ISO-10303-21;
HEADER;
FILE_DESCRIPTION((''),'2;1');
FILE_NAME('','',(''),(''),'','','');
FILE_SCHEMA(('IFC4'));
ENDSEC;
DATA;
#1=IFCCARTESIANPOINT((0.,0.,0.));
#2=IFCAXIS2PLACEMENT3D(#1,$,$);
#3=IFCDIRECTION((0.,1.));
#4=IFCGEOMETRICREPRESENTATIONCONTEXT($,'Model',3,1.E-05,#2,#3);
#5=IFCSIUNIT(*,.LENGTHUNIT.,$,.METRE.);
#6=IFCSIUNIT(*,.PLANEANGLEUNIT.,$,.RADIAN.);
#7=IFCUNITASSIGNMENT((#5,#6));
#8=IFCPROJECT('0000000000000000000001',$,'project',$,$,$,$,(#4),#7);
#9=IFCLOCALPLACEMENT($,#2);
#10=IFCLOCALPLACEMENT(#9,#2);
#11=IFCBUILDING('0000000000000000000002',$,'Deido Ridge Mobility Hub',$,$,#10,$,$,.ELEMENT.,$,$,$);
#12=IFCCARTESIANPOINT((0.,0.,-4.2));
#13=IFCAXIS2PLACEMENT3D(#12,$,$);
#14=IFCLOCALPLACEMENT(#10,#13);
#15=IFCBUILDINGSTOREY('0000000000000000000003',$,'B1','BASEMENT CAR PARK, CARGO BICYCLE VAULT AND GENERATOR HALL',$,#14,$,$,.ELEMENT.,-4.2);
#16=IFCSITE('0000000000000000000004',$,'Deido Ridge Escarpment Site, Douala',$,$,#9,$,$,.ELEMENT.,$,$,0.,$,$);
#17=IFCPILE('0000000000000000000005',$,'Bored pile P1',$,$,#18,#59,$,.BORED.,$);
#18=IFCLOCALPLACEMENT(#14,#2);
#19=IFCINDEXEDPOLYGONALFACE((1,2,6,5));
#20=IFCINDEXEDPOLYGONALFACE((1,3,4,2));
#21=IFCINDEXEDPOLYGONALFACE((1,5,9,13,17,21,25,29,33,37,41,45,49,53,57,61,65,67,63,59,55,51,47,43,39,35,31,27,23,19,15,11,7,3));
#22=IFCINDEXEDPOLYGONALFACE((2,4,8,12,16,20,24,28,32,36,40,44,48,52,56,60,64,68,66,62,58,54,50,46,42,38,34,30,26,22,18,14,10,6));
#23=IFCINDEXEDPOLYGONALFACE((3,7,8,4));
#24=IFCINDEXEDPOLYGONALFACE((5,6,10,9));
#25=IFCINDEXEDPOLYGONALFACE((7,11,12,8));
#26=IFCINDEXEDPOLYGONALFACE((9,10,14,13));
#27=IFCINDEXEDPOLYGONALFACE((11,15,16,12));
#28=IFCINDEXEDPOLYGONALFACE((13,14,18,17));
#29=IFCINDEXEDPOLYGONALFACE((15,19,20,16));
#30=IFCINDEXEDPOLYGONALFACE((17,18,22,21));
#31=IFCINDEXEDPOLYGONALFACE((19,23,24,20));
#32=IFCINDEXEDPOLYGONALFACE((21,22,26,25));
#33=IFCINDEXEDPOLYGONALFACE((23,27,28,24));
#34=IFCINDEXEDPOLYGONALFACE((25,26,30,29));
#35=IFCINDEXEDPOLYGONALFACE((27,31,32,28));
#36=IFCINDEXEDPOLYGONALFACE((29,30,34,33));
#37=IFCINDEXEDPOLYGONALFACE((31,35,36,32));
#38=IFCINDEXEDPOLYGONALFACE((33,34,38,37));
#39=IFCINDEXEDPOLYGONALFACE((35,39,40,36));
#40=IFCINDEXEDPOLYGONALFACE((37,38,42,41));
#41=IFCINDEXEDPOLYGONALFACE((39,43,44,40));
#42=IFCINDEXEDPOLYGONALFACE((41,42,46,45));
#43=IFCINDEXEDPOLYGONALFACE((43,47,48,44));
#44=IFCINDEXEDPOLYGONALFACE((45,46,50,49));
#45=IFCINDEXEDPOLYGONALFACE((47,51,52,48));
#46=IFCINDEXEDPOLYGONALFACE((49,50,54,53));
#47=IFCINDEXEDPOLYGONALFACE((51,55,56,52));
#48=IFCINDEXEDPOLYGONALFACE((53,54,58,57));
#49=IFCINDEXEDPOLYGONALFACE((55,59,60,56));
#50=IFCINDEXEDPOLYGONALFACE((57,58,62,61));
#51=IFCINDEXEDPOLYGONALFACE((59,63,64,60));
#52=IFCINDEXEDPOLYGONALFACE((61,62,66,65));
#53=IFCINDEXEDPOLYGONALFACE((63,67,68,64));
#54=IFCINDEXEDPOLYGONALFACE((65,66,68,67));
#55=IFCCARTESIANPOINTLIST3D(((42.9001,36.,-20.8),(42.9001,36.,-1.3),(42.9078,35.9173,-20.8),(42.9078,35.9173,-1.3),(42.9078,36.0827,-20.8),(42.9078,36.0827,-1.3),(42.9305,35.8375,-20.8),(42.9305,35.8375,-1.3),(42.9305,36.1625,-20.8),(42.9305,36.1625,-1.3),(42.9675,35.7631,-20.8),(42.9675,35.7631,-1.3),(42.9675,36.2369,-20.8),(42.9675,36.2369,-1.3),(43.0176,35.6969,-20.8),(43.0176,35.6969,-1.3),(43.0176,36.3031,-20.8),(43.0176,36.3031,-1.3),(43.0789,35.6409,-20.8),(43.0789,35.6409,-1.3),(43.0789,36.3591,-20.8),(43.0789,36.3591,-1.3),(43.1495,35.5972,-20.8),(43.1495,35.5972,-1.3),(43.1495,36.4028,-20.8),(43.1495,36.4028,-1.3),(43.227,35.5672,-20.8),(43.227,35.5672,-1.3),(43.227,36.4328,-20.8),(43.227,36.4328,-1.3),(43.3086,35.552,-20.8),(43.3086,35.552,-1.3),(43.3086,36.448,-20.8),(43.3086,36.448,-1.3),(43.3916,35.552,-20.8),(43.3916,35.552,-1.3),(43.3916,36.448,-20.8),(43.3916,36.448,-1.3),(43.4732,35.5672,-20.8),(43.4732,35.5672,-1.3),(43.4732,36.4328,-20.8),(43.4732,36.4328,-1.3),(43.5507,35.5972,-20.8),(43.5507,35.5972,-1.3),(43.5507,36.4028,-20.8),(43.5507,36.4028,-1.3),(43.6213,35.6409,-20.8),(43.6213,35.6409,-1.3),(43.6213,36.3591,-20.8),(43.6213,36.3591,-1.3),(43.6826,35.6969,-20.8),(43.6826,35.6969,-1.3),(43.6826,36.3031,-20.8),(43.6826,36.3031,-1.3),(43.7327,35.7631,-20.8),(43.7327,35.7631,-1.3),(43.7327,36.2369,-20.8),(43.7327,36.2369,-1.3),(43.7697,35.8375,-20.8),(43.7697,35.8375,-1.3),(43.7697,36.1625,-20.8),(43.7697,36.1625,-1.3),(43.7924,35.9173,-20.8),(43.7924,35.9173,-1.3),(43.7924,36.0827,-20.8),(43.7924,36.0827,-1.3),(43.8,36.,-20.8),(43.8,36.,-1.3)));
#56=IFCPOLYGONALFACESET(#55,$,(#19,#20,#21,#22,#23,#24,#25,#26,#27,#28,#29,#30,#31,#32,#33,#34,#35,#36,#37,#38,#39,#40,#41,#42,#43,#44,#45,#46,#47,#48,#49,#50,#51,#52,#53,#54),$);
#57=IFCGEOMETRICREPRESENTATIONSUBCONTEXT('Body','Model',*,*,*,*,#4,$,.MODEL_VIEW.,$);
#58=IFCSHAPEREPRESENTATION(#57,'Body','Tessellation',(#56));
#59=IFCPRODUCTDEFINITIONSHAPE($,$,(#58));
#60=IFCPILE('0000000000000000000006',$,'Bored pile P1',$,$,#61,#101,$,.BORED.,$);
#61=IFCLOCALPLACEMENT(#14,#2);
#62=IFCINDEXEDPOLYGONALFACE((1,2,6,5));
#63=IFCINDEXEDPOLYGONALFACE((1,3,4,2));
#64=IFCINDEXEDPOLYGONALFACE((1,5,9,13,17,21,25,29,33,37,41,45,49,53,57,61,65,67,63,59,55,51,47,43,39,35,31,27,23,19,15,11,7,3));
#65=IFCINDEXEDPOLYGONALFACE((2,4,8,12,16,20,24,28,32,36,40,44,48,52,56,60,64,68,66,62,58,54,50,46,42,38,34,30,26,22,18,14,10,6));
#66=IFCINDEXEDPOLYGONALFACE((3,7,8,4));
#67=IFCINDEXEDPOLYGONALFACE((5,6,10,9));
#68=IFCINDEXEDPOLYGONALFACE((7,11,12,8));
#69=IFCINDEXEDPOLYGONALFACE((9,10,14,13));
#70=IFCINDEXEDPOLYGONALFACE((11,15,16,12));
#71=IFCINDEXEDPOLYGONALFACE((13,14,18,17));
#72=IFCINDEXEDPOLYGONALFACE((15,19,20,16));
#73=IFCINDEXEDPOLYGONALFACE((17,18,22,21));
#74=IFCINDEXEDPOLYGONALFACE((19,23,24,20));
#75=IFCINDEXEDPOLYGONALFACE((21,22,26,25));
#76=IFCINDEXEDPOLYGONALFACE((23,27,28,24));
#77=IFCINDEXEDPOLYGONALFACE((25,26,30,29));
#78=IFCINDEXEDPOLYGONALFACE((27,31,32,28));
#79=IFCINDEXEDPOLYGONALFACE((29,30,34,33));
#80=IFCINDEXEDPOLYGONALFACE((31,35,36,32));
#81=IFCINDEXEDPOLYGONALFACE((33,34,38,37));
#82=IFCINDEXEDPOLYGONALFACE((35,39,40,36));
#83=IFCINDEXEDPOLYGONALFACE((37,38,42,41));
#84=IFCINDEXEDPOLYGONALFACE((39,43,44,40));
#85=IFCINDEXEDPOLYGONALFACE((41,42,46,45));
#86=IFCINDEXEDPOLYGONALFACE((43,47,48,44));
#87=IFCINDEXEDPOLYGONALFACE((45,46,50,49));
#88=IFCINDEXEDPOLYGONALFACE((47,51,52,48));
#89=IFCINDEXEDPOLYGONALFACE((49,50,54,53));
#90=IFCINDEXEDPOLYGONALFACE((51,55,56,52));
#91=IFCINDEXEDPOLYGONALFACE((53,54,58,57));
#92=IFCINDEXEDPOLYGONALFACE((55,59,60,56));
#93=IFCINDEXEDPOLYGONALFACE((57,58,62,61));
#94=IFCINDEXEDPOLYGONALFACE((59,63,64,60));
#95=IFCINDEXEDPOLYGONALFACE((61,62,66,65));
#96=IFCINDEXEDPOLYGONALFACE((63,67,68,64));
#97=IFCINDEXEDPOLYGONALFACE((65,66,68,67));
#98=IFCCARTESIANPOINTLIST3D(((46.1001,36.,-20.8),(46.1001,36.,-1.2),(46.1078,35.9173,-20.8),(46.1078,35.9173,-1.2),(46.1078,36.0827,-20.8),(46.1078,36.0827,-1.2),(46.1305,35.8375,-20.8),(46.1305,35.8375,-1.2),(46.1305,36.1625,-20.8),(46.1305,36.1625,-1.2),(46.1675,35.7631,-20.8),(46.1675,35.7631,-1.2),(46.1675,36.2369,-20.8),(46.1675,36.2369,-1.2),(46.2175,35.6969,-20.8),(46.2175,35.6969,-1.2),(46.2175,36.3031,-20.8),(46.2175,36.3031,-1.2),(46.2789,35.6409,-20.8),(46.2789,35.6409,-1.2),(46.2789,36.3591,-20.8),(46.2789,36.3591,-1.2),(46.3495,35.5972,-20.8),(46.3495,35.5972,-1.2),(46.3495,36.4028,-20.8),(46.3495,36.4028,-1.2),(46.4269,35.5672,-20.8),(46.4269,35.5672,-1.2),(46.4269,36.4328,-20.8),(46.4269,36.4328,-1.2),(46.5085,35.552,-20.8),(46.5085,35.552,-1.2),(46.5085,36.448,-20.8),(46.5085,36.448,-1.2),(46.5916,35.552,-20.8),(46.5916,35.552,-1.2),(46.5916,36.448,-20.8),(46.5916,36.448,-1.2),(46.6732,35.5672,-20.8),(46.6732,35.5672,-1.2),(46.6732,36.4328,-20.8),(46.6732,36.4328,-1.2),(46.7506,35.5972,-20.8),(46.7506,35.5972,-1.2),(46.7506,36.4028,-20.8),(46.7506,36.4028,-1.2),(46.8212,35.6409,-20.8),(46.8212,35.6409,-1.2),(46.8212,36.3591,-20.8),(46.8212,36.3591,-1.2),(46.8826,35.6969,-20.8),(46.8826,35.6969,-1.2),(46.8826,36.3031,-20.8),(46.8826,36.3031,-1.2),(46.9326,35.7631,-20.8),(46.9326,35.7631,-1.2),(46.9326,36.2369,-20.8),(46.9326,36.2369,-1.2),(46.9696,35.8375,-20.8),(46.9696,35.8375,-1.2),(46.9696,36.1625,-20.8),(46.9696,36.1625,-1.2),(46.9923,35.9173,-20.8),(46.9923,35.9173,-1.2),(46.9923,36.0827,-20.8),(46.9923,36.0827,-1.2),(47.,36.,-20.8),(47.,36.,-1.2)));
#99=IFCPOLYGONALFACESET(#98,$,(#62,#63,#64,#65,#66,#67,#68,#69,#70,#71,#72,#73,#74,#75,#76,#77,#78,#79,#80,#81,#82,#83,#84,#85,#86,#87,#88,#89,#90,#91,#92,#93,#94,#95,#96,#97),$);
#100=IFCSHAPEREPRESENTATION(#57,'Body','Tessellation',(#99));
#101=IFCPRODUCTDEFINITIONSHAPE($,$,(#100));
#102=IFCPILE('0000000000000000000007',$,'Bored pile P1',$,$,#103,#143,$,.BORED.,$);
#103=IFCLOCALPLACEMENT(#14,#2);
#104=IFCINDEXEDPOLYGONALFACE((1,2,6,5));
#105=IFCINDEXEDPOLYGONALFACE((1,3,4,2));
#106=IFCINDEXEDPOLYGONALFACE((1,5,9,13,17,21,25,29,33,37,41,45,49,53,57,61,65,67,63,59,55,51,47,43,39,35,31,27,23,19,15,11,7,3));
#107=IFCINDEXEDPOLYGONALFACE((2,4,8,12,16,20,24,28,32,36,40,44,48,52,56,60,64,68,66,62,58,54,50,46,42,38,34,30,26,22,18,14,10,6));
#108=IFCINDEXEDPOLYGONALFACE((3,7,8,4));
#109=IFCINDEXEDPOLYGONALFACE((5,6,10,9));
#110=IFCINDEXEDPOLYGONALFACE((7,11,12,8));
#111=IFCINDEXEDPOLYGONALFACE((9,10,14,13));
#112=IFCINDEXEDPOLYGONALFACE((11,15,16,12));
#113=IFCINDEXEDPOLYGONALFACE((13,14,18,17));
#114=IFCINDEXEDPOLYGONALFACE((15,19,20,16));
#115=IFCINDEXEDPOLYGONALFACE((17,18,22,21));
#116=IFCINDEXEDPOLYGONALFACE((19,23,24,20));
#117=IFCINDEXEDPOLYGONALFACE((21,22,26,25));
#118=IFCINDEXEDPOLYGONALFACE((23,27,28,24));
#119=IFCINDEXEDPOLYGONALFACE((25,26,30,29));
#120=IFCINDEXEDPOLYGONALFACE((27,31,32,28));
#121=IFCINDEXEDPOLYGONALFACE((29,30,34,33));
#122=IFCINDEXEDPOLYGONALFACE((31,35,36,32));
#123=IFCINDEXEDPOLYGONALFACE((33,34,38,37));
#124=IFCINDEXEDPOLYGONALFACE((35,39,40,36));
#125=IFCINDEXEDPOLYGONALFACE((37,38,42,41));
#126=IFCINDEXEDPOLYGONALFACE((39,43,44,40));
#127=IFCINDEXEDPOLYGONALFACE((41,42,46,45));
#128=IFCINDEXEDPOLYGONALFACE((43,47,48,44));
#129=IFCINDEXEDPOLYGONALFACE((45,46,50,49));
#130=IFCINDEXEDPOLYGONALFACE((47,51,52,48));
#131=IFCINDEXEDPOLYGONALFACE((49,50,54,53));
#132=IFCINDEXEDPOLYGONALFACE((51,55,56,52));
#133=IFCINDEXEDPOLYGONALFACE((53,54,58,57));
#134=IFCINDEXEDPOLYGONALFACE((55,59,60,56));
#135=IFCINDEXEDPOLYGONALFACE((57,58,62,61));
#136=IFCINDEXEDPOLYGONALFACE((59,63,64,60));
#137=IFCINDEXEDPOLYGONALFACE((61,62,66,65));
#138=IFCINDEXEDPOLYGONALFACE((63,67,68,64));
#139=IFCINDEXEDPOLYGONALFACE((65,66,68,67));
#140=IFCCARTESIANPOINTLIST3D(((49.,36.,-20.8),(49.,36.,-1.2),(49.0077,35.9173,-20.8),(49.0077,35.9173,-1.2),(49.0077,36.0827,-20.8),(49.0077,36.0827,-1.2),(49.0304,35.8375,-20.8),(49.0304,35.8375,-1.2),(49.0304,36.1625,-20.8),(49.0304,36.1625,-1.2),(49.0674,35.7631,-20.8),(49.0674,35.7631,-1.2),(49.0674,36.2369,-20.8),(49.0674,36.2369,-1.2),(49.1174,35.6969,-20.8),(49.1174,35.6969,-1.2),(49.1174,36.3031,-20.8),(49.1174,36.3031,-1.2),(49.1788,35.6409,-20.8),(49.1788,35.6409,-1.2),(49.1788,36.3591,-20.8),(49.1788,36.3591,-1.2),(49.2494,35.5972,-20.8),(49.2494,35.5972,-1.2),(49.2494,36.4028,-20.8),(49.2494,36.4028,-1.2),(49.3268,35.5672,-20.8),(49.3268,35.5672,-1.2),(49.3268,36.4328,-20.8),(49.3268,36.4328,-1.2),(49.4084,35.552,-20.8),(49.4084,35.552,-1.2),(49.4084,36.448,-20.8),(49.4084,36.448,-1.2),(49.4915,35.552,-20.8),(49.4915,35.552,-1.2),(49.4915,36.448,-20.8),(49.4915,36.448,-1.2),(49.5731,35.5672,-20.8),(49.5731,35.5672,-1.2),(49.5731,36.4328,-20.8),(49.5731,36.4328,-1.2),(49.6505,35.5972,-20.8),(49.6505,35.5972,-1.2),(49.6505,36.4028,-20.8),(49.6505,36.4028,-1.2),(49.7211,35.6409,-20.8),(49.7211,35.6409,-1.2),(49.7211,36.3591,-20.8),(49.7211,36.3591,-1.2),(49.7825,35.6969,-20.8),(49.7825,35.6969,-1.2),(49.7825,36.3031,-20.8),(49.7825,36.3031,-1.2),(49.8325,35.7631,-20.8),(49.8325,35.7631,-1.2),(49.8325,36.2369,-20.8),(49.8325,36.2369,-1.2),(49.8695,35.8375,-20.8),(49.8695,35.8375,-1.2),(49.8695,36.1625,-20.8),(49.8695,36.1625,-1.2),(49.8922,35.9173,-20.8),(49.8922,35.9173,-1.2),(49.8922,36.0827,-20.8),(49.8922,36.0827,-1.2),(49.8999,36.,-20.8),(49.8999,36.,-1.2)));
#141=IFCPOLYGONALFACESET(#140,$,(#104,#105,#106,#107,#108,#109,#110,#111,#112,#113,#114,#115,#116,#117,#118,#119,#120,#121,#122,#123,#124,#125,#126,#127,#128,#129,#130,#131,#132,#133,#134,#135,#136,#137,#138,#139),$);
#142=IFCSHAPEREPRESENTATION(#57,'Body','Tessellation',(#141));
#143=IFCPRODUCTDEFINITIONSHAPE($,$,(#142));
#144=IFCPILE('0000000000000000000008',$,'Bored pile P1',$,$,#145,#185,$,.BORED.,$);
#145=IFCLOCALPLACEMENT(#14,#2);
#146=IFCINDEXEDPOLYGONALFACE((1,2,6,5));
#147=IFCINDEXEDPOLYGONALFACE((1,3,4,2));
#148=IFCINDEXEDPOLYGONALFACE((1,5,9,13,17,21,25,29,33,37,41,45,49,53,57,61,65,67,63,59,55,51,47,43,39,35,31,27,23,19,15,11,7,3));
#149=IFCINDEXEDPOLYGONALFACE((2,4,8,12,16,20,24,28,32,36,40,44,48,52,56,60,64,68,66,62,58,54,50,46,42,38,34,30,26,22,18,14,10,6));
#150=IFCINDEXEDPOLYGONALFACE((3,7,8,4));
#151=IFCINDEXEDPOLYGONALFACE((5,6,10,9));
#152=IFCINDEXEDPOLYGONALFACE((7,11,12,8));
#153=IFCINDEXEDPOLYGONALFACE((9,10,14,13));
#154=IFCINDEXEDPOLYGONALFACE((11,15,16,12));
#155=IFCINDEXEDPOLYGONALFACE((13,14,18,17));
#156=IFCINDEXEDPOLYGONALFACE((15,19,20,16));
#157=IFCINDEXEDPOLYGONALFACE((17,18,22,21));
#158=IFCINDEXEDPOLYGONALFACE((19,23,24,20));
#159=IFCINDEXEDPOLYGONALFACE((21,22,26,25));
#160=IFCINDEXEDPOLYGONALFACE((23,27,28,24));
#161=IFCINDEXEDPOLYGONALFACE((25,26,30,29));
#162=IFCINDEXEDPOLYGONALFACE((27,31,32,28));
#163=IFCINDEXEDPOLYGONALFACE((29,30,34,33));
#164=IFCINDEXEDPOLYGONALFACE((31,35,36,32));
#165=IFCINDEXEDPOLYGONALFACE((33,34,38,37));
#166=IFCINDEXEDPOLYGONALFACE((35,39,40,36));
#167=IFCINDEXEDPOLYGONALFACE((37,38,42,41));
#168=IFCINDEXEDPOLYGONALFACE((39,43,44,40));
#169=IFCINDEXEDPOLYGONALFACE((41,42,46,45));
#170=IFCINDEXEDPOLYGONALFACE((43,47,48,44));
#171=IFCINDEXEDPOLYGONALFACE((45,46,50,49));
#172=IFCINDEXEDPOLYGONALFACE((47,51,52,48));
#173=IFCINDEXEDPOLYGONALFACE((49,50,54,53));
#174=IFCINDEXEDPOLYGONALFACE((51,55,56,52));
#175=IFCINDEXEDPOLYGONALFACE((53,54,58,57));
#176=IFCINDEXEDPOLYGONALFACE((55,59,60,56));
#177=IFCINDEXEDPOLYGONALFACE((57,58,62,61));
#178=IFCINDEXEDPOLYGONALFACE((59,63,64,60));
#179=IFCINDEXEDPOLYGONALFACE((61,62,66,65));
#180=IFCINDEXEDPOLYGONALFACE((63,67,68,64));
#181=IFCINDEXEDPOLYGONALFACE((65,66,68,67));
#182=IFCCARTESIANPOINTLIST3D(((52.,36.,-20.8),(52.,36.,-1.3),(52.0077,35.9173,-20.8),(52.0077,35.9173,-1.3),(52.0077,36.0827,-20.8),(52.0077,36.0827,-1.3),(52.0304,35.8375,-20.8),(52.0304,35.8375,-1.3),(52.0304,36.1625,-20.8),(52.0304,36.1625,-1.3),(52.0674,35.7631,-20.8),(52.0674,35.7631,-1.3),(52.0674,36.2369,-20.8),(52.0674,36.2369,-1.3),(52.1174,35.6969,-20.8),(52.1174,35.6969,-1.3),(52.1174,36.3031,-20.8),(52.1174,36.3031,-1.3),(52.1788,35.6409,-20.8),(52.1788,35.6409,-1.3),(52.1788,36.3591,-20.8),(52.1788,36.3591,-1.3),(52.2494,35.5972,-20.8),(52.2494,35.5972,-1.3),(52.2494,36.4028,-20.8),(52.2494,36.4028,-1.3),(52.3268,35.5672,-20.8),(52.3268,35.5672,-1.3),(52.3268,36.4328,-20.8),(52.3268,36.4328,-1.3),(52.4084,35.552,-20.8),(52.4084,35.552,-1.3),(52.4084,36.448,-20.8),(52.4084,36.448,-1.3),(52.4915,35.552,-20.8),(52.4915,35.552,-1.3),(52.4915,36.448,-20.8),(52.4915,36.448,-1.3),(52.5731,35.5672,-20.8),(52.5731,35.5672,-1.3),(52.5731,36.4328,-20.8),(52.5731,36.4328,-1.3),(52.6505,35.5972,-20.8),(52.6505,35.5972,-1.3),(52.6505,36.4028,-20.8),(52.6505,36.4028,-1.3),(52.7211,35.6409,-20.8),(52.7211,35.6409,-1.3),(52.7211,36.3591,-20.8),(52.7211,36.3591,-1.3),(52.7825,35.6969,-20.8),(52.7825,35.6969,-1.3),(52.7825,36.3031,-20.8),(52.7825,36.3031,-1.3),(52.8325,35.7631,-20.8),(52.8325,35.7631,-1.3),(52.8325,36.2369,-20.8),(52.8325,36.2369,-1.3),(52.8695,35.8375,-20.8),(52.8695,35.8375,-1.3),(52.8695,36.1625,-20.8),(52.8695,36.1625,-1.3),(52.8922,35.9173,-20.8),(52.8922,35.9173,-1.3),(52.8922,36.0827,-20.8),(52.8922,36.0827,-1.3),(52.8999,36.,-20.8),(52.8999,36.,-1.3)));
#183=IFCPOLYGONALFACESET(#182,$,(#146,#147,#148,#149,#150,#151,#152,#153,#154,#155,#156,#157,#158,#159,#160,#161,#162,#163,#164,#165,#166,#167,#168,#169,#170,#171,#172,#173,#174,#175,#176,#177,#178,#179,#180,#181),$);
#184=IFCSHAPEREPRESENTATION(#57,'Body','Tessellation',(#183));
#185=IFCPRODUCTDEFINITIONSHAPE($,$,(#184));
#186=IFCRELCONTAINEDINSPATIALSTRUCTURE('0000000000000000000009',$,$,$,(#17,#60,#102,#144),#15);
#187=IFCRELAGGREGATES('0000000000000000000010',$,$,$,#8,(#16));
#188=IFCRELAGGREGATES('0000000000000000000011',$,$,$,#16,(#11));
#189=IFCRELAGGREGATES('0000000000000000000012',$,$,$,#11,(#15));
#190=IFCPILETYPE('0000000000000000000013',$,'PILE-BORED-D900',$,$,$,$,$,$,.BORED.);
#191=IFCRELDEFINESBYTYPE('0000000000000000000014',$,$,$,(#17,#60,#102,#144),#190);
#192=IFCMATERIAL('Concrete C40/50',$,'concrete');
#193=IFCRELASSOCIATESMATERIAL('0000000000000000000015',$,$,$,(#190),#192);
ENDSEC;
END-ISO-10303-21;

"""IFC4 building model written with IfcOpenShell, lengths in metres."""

from ifc_helpers import new_model, si_unit, direction, frame, origin, origin_2d, place, context, subcontext, project, spatial, circle, extrude, material, material_profile, profile_set, type_object, element, save


model = new_model("IFC4")

# Units and contexts
model_context = context("Model", 3, precision=1e-05, world=origin(), true_north=direction((0.0, 1.0)))
body_context = subcontext(model_context, "Body", "Model", "MODEL_VIEW")
ifc_project = project(units=[si_unit("LENGTHUNIT", "METRE"), si_unit("PLANEANGLEUNIT", "RADIAN")], contexts=[model_context])

# Site, building, storey
site_placement = place(None, origin())
site = spatial("IfcSite", under=ifc_project, at=site_placement, Name="Deido Ridge Escarpment Site, Douala", CompositionType="ELEMENT", RefElevation=0.0)
building_placement = place(site_placement, origin())
building = spatial("IfcBuilding", under=site, at=building_placement, Name="Deido Ridge Mobility Hub", CompositionType="ELEMENT")
storey_placement = place(building_placement, frame((0.0, 0.0, -4.2)))
storey = spatial("IfcBuildingStorey", under=building, at=storey_placement, Name="B1", Description="BASEMENT CAR PARK, CARGO BICYCLE VAULT AND GENERATOR HALL", CompositionType="ELEMENT", Elevation=-4.2)

# Shared definitions
ifc_material_1 = material(Name="Concrete C40/50", Category="concrete")

# Piles
ifc_material_profile_1 = material_profile(ifc_material_1, circle(Radius=0.45, at=origin_2d()), Name="BORED PILE D900")
ifc_profile_set_1 = profile_set([ifc_material_profile_1], Name="Concrete C40/50")
pile_type = type_object("IfcPileType", Name="PILE-BORED-D900", PredefinedType="BORED", material=ifc_profile_set_1)
for number, where, z_axis, x_axis, name in (
    (1, (43.3501, 36.0, -1.3), (0.0, 0.0, -1.0), (1.0, 0.0, 0.0), "Bored pile P1"),
):
    element("IfcPile", number, at=place(storey_placement, frame(where, z_axis=z_axis, x_axis=x_axis)), inside=storey, type_object=pile_type, Name=name, PredefinedType="BORED", context=body_context, shape_type="SweptSolid", body=[
        extrude(circle(Radius=0.45, at=origin_2d()), origin(), (0.0, 0.0, 1.0), 19.5),
    ])
for number, where, z_axis, x_axis, name in (
    (2, (46.55, 36.0, -1.2), (0.0, 0.0, -1.0), (1.0, 0.0, 0.0), "Bored pile P1"),
    (3, (49.45, 36.0, -1.2), (0.0, 0.0, -1.0), (1.0, 0.0, 0.0), "Bored pile P1"),
):
    element("IfcPile", number, at=place(storey_placement, frame(where, z_axis=z_axis, x_axis=x_axis)), inside=storey, type_object=pile_type, Name=name, PredefinedType="BORED", context=body_context, shape_type="SweptSolid", body=[
        extrude(circle(Radius=0.45, at=origin_2d()), origin(), (0.0, 0.0, 1.0), 19.6001),
    ])
for number, where, z_axis, x_axis, name in (
    (4, (52.45, 36.0, -1.3), (0.0, 0.0, -1.0), (1.0, 0.0, 0.0), "Bored pile P1"),
):
    element("IfcPile", number, at=place(storey_placement, frame(where, z_axis=z_axis, x_axis=x_axis)), inside=storey, type_object=pile_type, Name=name, PredefinedType="BORED", context=body_context, shape_type="SweptSolid", body=[
        extrude(circle(Radius=0.45, at=origin_2d()), origin(), (0.0, 0.0, 1.0), 19.5),
    ])

save(model, "model.ifc")
